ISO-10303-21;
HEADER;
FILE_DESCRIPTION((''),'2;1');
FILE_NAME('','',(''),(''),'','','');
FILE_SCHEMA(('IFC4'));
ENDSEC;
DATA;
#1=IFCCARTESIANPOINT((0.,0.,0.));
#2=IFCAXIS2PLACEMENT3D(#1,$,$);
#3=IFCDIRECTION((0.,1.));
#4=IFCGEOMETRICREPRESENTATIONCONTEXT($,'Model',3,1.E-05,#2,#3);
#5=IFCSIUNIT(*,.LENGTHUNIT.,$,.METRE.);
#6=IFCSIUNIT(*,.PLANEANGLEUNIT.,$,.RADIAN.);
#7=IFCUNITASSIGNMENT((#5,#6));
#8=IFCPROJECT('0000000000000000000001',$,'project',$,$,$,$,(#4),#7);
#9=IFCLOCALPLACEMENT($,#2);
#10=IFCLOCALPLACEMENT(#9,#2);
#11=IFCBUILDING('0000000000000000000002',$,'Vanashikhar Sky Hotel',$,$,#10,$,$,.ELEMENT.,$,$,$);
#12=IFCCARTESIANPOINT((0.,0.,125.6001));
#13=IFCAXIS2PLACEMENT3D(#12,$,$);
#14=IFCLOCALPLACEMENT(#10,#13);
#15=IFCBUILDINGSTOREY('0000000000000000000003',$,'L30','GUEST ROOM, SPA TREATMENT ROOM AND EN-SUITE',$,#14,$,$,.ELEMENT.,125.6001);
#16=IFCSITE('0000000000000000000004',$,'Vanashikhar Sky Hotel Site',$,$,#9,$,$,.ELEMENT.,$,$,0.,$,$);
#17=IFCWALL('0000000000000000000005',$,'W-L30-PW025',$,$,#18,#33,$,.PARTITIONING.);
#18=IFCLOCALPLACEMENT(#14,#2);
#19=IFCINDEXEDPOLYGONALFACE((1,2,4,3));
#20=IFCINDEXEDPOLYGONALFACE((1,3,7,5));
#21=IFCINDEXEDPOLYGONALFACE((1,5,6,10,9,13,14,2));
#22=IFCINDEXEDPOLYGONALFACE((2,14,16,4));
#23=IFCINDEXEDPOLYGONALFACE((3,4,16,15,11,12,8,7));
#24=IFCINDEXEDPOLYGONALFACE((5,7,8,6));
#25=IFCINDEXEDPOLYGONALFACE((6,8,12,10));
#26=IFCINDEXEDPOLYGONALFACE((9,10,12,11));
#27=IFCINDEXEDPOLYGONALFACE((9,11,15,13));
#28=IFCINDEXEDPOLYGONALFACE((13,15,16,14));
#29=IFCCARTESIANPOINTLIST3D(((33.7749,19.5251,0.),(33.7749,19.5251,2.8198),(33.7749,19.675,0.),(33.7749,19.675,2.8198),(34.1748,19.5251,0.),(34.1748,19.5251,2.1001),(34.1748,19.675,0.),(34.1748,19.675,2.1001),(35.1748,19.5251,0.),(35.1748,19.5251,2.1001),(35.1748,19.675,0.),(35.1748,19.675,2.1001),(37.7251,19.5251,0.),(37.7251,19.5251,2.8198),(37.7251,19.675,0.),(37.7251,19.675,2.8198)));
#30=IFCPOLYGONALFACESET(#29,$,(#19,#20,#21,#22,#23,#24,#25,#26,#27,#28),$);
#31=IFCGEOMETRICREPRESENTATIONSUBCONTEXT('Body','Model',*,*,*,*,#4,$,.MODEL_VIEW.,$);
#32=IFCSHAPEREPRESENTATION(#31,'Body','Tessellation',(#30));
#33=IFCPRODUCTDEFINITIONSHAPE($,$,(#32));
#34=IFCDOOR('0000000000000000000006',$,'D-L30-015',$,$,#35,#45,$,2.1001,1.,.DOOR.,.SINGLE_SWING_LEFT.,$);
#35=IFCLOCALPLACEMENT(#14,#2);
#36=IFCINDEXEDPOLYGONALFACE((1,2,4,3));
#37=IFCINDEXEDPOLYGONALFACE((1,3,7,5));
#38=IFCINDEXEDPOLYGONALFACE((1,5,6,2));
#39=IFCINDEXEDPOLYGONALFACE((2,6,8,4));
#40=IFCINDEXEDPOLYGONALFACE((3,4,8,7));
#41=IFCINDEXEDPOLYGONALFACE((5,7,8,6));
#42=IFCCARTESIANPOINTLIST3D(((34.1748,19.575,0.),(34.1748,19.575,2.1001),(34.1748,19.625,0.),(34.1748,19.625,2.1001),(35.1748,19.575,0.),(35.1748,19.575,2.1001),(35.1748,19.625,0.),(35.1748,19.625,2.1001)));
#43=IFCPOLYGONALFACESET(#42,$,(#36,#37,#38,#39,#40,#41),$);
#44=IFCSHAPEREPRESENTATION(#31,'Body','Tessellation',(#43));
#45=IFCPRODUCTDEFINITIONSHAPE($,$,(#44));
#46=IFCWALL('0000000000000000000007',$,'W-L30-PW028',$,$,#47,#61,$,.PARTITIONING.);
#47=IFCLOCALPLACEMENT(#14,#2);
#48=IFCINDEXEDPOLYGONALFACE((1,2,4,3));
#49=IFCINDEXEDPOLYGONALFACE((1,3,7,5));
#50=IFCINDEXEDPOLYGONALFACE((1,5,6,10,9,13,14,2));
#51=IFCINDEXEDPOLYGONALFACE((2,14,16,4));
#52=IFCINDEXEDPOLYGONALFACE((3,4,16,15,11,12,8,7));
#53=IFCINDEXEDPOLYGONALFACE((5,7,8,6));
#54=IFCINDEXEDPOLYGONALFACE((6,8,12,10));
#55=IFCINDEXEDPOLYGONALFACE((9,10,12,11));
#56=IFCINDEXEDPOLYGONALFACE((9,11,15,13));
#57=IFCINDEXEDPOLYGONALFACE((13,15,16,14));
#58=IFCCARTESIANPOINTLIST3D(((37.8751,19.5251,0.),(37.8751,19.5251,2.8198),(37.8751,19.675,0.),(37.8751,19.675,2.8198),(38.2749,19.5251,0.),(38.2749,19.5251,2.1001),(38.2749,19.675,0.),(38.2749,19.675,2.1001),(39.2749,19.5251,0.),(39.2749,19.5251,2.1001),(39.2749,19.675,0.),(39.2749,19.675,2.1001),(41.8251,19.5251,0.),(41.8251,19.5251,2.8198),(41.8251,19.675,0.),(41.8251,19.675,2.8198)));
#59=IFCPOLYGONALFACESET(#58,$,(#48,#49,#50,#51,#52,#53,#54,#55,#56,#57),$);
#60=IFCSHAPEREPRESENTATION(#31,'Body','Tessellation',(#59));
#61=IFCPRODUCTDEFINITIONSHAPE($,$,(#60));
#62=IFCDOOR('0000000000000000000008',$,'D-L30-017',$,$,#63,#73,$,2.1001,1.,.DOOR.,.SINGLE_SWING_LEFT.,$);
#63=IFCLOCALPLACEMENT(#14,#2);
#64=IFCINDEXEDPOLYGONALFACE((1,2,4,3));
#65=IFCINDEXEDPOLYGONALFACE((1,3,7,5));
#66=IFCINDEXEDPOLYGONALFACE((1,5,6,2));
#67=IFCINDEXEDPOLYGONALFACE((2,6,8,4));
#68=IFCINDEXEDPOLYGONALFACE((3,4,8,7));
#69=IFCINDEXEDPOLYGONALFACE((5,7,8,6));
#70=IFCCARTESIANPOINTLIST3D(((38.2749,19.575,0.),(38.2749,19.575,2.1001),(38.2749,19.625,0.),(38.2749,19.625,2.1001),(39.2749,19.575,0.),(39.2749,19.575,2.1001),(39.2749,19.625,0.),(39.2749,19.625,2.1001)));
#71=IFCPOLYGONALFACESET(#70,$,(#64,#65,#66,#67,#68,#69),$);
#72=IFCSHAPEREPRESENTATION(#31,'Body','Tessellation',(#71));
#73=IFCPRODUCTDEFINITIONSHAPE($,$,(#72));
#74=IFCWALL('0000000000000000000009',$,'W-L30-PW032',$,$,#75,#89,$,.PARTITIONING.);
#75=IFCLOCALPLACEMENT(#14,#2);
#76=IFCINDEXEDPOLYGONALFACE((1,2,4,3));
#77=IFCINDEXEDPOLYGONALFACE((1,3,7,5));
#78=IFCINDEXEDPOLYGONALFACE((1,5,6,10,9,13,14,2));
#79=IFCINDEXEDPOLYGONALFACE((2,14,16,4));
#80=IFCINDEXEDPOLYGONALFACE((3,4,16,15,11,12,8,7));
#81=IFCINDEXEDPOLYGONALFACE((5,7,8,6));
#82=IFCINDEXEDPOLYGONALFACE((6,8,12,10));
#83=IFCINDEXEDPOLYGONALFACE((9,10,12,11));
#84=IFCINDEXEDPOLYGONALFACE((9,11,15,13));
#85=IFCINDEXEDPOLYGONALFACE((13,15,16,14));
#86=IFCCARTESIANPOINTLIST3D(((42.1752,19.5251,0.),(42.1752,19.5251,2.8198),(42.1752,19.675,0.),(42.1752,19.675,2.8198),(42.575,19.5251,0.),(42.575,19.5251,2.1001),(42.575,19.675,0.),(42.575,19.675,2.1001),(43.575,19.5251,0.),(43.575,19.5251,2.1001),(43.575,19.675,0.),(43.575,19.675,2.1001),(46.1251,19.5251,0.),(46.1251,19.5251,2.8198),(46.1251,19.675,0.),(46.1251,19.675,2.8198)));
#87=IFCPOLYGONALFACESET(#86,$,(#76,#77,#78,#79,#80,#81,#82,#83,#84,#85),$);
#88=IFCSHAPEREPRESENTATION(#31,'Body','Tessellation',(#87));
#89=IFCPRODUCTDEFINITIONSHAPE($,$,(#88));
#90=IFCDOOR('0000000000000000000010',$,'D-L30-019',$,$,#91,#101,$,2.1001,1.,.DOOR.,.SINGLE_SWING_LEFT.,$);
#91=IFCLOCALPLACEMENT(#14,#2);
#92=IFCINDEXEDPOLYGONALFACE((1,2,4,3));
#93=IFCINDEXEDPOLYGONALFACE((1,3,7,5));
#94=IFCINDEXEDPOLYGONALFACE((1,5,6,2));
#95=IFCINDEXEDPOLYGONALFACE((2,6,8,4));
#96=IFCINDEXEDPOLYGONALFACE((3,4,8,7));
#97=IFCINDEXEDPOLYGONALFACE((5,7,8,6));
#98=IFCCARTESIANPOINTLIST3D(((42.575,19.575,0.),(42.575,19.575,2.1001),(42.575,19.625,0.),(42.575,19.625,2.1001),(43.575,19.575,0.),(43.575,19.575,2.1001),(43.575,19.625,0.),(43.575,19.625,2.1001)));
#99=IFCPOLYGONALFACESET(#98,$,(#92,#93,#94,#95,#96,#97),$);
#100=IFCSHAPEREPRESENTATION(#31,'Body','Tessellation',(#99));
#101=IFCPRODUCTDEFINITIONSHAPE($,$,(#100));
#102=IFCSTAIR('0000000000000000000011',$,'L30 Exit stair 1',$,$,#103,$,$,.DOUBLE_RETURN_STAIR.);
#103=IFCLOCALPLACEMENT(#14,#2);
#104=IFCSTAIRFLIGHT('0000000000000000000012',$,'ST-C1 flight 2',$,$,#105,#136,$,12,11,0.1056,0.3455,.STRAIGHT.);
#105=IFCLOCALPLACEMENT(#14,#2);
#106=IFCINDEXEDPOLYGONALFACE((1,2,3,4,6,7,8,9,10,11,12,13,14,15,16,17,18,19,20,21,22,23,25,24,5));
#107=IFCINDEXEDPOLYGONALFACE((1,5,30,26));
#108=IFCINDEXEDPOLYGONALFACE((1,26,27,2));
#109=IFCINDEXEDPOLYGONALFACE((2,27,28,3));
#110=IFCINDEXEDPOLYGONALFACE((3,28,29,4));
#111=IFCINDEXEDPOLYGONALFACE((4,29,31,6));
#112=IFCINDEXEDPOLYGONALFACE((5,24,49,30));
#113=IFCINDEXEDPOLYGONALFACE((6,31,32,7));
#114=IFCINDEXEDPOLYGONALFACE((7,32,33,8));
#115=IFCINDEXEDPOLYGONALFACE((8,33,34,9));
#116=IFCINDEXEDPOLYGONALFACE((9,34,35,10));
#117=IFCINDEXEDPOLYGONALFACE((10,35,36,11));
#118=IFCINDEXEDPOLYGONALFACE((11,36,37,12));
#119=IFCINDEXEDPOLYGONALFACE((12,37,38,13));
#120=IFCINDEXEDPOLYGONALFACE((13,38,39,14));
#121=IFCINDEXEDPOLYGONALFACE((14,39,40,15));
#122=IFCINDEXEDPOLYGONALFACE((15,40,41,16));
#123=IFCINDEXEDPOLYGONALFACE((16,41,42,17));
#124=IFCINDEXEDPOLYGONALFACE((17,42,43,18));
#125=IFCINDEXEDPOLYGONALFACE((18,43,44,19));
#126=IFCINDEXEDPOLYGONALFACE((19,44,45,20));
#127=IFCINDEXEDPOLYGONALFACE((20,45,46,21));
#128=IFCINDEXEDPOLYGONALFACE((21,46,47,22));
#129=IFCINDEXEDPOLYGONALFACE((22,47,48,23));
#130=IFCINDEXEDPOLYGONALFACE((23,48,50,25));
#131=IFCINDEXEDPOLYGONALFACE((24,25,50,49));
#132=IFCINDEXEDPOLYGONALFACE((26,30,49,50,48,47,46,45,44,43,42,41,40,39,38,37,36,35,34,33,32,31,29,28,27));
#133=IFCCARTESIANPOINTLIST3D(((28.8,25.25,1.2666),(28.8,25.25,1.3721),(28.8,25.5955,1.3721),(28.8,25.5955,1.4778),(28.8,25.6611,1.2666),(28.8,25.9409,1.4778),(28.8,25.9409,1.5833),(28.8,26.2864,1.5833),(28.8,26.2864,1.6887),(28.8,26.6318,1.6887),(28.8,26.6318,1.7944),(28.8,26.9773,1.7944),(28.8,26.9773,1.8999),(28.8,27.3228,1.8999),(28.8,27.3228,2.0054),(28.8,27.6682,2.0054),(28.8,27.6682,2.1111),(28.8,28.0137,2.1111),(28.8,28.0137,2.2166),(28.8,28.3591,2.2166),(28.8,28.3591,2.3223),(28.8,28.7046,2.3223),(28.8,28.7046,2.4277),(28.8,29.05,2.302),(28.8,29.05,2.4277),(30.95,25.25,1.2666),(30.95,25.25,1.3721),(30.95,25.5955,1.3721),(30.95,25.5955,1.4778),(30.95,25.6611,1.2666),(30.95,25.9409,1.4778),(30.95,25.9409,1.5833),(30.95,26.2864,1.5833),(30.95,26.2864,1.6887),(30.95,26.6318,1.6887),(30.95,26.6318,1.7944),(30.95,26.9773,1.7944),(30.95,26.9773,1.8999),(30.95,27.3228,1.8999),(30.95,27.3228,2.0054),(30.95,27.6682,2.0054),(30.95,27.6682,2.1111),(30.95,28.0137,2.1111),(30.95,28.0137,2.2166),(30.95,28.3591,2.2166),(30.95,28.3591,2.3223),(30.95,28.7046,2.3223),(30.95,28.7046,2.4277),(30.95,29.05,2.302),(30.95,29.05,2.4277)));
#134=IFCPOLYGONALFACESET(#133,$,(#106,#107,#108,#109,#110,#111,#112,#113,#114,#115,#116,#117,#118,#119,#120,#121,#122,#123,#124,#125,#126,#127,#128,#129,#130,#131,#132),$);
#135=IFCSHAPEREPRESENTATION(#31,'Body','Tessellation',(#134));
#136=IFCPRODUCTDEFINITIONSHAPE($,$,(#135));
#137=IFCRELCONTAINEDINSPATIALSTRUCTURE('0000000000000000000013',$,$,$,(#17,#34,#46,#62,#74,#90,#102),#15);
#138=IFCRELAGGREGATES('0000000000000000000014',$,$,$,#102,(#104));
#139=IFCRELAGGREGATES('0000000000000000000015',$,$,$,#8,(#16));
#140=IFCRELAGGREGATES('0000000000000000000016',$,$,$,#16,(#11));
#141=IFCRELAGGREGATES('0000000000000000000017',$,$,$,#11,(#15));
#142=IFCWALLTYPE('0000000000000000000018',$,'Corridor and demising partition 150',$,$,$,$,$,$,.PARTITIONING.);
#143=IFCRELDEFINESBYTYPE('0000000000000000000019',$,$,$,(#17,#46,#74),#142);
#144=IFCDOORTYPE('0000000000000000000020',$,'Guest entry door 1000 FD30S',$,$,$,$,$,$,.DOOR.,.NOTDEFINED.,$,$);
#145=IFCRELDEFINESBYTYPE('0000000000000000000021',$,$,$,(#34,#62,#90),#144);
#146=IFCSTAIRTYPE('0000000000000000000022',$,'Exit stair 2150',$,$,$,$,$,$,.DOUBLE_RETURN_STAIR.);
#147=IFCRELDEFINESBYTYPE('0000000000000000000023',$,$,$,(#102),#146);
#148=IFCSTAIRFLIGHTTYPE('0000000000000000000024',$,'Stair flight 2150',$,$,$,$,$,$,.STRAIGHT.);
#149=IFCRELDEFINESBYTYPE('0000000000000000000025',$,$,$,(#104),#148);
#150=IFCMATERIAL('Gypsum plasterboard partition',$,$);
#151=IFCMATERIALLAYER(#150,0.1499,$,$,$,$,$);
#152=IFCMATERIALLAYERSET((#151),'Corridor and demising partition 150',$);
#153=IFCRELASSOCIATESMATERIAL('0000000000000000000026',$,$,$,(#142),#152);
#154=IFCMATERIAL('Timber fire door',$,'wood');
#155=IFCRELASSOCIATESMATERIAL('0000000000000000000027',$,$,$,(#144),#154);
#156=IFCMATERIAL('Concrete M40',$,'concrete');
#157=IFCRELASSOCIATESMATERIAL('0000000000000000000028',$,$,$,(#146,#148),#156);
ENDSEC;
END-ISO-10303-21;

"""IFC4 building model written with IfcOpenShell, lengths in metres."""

from ifc_helpers import new_model, si_unit, direction, frame, frame_2d, origin, place, context, subcontext, project, spatial, polyline, rectangle, outline, extrude, source, transform, mapped, material, layer, layer_set, type_object, element, fill, aggregate, save


model = new_model("IFC4")

# Units and contexts
model_context = context("Model", 3, precision=1e-05, world=origin(), true_north=direction((0.0, 1.0)))
body_context = subcontext(model_context, "Body", "Model", "MODEL_VIEW")
ifc_project = project(units=[si_unit("LENGTHUNIT", "METRE"), si_unit("PLANEANGLEUNIT", "RADIAN")], contexts=[model_context])

# Site, building, storey
site_placement = place(None, origin())
site = spatial("IfcSite", under=ifc_project, at=site_placement, Name="Vanashikhar Sky Hotel Site", CompositionType="ELEMENT", RefElevation=0.0)
building_placement = place(site_placement, origin())
building = spatial("IfcBuilding", under=site, at=building_placement, Name="Vanashikhar Sky Hotel", CompositionType="ELEMENT")
storey_placement = place(building_placement, frame((0.0, 0.0, 125.6001)))
storey = spatial("IfcBuildingStorey", under=building, at=storey_placement, Name="L30", Description="GUEST ROOM, SPA TREATMENT ROOM AND EN-SUITE", CompositionType="ELEMENT", Elevation=125.6001)

# Shared definitions
ifc_material_1 = material(Name="Concrete M40", Category="concrete")

# Walls, openings, doors
ifc_material_2 = material(Name="Gypsum plasterboard partition")
ifc_layer_1 = layer(ifc_material_2, 0.1499)
ifc_layer_set_1 = layer_set([ifc_layer_1], Name="Corridor and demising partition 150")
wall_type_1 = type_object("IfcWallType", Name="Corridor and demising partition 150", PredefinedType="PARTITIONING", material=ifc_layer_set_1)
shared_shape_1 = source(origin(), body_context, "Body", "SweptSolid", [
    extrude(rectangle(XDim=3.9502, YDim=0.1499, at=frame_2d((1.9751, 0.0))), origin(), (0.0, 0.0, 1.0), 2.8198),
])
wall_1_placement = place(storey_placement, frame((33.7749, 19.6001, 0.0), z_axis=(0.0, 0.0, 1.0), x_axis=(1.0, 0.0, 0.0)))
wall_1 = element("IfcWall", 1, at=wall_1_placement, inside=storey, type_object=wall_type_1, Name="W-L30-PW025", PredefinedType="PARTITIONING", context=body_context, shape_type="MappedRepresentation", body=[
    mapped(shared_shape_1, transform((0.0, 0.0, 0.0), scale=1.0)),
])
shared_shape_2 = source(origin(), body_context, "Body", "SweptSolid", [
    extrude(rectangle(XDim=1.0, YDim=2.1001, at=frame_2d((0.5, 1.05))), frame((0.0, 0.085, 0.0), z_axis=(0.0, -1.0, 0.0), x_axis=(1.0, 0.0, 0.0)), (0.0, 0.0, 1.0), 0.1699),
])
opening_1_placement = place(wall_1_placement, frame((0.3999, 0.0, 0.0)))
opening_1 = element("IfcOpeningElement", 2, at=opening_1_placement, cuts=wall_1, PredefinedType="OPENING", context=body_context, shape_type="MappedRepresentation", body=[
    mapped(shared_shape_2, transform((0.0, 0.0, 0.0), scale=1.0)),
])
ifc_material_3 = material(Name="Timber fire door", Category="wood")
door_type_1 = type_object("IfcDoorType", Name="Guest entry door 1000 FD30S", OperationType="NOTDEFINED", PredefinedType="DOOR", material=ifc_material_3)
shared_shape_3 = source(origin(), body_context, "Body", "SweptSolid", [
    extrude(rectangle(XDim=1.0, YDim=2.1001, at=frame_2d((0.5, 1.05))), frame((0.0, 0.0249, 0.0), z_axis=(0.0, -1.0, 0.0), x_axis=(1.0, 0.0, 0.0)), (0.0, 0.0, 1.0), 0.05),
])
door_1_placement = place(opening_1_placement, origin())
door_1 = element("IfcDoor", 3, at=door_1_placement, inside=storey, type_object=door_type_1, Name="D-L30-015", OperationType="SINGLE_SWING_LEFT", OverallHeight=2.1001, OverallWidth=1.0, PredefinedType="DOOR", context=body_context, shape_type="MappedRepresentation", body=[
    mapped(shared_shape_3, transform((0.0, 0.0, 0.0), scale=1.0)),
])
fill(opening_1, door_1)
shared_shape_4 = source(origin(), body_context, "Body", "SweptSolid", [
    extrude(rectangle(XDim=3.95, YDim=0.1499, at=frame_2d((1.9751, 0.0))), origin(), (0.0, 0.0, 1.0), 2.8198),
])
wall_2_placement = place(storey_placement, frame((37.875, 19.6001, 0.0), z_axis=(0.0, 0.0, 1.0), x_axis=(1.0, 0.0, 0.0)))
wall_2 = element("IfcWall", 4, at=wall_2_placement, inside=storey, type_object=wall_type_1, Name="W-L30-PW028", PredefinedType="PARTITIONING", context=body_context, shape_type="MappedRepresentation", body=[
    mapped(shared_shape_4, transform((0.0, 0.0, 0.0), scale=1.0)),
])
opening_2_placement = place(wall_2_placement, frame((0.3999, 0.0, 0.0)))
opening_2 = element("IfcOpeningElement", 5, at=opening_2_placement, cuts=wall_2, PredefinedType="OPENING", context=body_context, shape_type="MappedRepresentation", body=[
    mapped(shared_shape_2, transform((0.0, 0.0, 0.0), scale=1.0)),
])
door_2_placement = place(opening_2_placement, origin())
door_2 = element("IfcDoor", 6, at=door_2_placement, inside=storey, type_object=door_type_1, Name="D-L30-017", OperationType="SINGLE_SWING_LEFT", OverallHeight=2.1001, OverallWidth=1.0, PredefinedType="DOOR", context=body_context, shape_type="MappedRepresentation", body=[
    mapped(shared_shape_3, transform((0.0, 0.0, 0.0), scale=1.0)),
])
fill(opening_2, door_2)
wall_3_placement = place(storey_placement, frame((42.175, 19.6001, 0.0), z_axis=(0.0, 0.0, 1.0), x_axis=(1.0, 0.0, 0.0)))
wall_3 = element("IfcWall", 7, at=wall_3_placement, inside=storey, type_object=wall_type_1, Name="W-L30-PW032", PredefinedType="PARTITIONING", context=body_context, shape_type="MappedRepresentation", body=[
    mapped(shared_shape_4, transform((0.0, 0.0, 0.0), scale=1.0)),
])
opening_3_placement = place(wall_3_placement, frame((0.3999, 0.0, 0.0)))
opening_3 = element("IfcOpeningElement", 8, at=opening_3_placement, cuts=wall_3, PredefinedType="OPENING", context=body_context, shape_type="MappedRepresentation", body=[
    mapped(shared_shape_2, transform((0.0, 0.0, 0.0), scale=1.0)),
])
door_3_placement = place(opening_3_placement, origin())
door_3 = element("IfcDoor", 9, at=door_3_placement, inside=storey, type_object=door_type_1, Name="D-L30-019", OperationType="SINGLE_SWING_LEFT", OverallHeight=2.1001, OverallWidth=1.0, PredefinedType="DOOR", context=body_context, shape_type="MappedRepresentation", body=[
    mapped(shared_shape_3, transform((0.0, 0.0, 0.0), scale=1.0)),
])
fill(opening_3, door_3)

# Stair, stair flight
stair_type = type_object("IfcStairType", Name="Exit stair 2150", PredefinedType="DOUBLE_RETURN_STAIR", material=ifc_material_1)
stair_placement = place(storey_placement, origin())
stair = element("IfcStair", 10, at=stair_placement, inside=storey, type_object=stair_type, Name="L30 Exit stair 1", PredefinedType="DOUBLE_RETURN_STAIR")
stair_flight_type = type_object("IfcStairFlightType", Name="Stair flight 2150", PredefinedType="STRAIGHT", material=ifc_material_1)
shared_shape_5 = source(origin(), body_context, "Body", "SweptSolid", [
    extrude(outline(polyline([(0.0, 0.0), (0.0, 0.1055), (0.3455, 0.1055), (0.3455, 0.2112), (0.6909, 0.2112), (0.6909, 0.3167), (1.0364, 0.3167), (1.0364, 0.4221), (1.3818, 0.4221), (1.3818, 0.5278), (1.7273, 0.5278), (1.7273, 0.6333), (2.0728, 0.6333), (2.0728, 0.7388), (2.4182, 0.7388), (2.4182, 0.8445), (2.7637, 0.8445), (2.7637, 0.95), (3.1091, 0.95), (3.1091, 1.0557), (3.4546, 1.0557), (3.4546, 1.1611), (3.8, 1.1611), (3.8, 1.2666), (3.8, 1.0354), (0.4111, 0.0), (0.0, 0.0)])), frame((0.0, 1.075, 0.0), z_axis=(0.0, -1.0, 0.0), x_axis=(1.0, 0.0, 0.0)), (0.0, 0.0, 1.0), 2.1499),
])
stair_flight_placement = place(storey_placement, frame((29.875, 25.25, 1.2666), z_axis=(0.0, 0.0, 1.0), x_axis=(0.0, 1.0, 0.0)))
stair_flight = element("IfcStairFlight", 11, at=stair_flight_placement, type_object=stair_flight_type, Name="ST-C1 flight 2", NumberOfRisers=12, NumberOfTreads=11, PredefinedType="STRAIGHT", RiserHeight=0.1056, TreadLength=0.3455, context=body_context, shape_type="MappedRepresentation", body=[
    mapped(shared_shape_5, transform((0.0, 0.0, 0.0), scale=1.0)),
])
aggregate(stair, [stair_flight])

save(model, "model.ifc")
